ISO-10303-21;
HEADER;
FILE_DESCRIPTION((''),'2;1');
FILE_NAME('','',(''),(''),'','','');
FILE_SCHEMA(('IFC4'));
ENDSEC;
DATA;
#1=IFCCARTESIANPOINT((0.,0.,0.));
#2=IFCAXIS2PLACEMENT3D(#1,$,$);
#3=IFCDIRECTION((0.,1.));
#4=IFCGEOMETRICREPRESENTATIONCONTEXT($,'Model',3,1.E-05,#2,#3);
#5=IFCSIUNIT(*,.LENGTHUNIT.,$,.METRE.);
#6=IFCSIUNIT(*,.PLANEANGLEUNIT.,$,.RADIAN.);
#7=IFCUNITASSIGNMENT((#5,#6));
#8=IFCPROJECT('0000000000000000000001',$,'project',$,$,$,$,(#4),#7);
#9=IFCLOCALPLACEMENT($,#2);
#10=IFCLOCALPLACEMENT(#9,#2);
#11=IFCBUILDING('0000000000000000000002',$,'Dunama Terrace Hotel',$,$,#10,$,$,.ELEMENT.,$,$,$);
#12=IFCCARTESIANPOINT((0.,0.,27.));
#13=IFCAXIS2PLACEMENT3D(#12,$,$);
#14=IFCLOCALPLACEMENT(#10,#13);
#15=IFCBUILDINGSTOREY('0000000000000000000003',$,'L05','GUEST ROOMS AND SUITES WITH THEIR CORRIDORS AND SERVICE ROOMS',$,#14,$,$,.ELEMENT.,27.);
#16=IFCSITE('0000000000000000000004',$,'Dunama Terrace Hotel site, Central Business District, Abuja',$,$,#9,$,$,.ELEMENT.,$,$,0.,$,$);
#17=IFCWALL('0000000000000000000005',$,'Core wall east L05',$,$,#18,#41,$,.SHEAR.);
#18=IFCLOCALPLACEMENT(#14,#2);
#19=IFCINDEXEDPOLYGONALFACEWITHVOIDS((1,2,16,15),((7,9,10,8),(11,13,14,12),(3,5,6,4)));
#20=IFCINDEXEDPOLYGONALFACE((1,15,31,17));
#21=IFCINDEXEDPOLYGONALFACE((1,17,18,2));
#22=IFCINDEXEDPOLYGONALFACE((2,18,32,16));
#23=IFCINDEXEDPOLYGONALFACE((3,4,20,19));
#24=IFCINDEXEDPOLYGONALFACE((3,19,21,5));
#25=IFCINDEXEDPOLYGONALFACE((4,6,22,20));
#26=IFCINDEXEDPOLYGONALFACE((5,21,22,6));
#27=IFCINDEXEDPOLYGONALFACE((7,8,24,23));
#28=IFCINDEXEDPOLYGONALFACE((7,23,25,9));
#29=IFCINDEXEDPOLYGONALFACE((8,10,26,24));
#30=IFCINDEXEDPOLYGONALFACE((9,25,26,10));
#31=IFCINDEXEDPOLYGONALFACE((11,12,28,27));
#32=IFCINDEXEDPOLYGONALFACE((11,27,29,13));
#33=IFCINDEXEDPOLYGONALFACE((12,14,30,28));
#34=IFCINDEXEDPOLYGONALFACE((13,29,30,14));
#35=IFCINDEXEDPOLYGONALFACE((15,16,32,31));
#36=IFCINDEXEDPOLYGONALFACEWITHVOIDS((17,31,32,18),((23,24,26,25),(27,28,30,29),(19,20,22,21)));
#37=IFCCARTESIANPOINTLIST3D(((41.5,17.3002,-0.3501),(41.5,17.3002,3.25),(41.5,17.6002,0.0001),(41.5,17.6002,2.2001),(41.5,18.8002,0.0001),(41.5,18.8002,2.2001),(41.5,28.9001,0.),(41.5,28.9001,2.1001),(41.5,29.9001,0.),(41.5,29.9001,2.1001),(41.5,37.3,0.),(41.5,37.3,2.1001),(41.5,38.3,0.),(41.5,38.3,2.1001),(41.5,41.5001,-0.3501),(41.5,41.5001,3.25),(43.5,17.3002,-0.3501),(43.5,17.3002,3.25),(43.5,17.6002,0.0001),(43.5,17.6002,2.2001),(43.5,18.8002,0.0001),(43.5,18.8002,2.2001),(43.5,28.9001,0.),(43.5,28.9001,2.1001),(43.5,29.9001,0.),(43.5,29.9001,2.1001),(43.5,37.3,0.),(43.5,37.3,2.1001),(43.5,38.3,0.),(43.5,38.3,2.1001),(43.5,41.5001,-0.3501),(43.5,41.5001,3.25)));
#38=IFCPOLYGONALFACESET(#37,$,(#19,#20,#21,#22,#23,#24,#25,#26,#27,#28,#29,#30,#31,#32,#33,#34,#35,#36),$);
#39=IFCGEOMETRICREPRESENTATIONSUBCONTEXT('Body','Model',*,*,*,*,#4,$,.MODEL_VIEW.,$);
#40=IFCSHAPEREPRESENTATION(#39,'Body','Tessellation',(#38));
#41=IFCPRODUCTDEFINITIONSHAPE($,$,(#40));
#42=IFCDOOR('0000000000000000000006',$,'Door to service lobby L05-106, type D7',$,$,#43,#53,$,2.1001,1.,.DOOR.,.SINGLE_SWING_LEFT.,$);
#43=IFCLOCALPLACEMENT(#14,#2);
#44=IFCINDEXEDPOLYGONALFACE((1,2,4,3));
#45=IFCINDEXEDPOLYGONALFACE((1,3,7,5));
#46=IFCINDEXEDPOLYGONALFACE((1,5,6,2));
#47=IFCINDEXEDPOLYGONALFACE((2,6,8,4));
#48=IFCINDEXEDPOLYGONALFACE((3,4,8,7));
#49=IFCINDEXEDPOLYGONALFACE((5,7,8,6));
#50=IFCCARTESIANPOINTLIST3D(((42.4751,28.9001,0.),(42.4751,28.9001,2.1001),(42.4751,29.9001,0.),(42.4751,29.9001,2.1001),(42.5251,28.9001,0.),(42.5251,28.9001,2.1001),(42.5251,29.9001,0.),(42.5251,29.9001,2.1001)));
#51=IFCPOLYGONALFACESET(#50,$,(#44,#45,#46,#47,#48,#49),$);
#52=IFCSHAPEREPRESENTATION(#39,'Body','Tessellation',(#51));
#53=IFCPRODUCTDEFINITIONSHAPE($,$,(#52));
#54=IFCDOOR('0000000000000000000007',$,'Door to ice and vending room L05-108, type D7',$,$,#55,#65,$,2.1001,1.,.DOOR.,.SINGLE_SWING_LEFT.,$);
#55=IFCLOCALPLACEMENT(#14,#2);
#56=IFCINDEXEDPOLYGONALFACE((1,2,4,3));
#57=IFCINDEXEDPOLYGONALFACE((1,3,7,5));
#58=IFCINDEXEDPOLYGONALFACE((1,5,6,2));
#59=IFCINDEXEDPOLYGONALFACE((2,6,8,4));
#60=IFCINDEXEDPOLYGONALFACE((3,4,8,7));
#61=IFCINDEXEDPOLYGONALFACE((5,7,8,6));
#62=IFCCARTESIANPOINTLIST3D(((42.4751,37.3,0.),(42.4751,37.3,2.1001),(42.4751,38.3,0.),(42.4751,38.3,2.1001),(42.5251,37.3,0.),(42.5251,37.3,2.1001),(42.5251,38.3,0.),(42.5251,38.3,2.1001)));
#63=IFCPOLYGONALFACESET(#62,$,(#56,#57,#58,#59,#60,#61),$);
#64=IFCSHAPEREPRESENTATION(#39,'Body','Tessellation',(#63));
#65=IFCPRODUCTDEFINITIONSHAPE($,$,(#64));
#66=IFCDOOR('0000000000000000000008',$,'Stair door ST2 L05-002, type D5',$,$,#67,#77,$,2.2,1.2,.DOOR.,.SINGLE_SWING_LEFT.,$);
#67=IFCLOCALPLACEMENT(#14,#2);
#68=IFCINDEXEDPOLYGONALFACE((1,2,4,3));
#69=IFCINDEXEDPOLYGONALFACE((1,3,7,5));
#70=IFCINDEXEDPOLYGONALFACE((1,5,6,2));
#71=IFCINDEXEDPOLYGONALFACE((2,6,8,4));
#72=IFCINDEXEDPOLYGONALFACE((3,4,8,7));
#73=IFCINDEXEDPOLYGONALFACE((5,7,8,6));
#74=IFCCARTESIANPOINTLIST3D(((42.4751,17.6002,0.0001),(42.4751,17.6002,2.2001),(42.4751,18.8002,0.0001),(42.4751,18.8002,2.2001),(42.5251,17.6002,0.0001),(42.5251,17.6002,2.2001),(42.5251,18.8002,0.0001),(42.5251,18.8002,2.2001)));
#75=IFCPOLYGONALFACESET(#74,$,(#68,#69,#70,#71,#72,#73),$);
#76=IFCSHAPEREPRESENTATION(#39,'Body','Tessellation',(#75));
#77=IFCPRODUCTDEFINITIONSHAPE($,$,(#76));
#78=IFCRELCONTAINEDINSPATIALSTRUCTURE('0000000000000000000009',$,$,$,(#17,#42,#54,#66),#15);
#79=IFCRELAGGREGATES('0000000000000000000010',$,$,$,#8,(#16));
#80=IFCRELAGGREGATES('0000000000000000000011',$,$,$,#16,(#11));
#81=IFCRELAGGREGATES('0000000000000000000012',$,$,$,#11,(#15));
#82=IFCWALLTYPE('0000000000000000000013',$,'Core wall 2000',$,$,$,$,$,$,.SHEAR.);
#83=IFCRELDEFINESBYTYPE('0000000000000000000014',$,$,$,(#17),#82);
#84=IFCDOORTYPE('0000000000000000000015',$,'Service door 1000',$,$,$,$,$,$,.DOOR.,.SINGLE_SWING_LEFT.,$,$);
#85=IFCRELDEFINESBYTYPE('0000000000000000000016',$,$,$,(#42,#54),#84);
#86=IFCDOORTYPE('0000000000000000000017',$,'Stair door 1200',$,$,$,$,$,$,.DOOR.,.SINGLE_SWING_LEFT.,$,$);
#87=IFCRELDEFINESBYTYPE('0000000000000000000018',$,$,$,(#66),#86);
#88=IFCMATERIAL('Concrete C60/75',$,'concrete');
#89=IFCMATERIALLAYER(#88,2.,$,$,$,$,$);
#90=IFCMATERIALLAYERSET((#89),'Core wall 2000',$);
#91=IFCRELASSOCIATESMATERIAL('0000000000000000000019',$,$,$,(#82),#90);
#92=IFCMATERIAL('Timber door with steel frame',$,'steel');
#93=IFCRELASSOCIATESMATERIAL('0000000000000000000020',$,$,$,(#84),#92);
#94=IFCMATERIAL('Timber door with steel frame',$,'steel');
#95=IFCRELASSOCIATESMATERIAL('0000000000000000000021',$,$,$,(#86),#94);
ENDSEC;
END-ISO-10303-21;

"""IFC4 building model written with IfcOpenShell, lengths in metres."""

from ifc_helpers import new_model, si_unit, direction, frame, frame_2d, origin, place, context, subcontext, project, spatial, rectangle, extrude, material, layer, layer_set, type_object, element, fill, save


model = new_model("IFC4")

# Units and contexts
model_context = context("Model", 3, precision=1e-05, world=origin(), true_north=direction((0.0, 1.0)))
body_context = subcontext(model_context, "Body", "Model", "MODEL_VIEW")
ifc_project = project(units=[si_unit("LENGTHUNIT", "METRE"), si_unit("PLANEANGLEUNIT", "RADIAN")], contexts=[model_context])

# Site, building, storey
site_placement = place(None, origin())
site = spatial("IfcSite", under=ifc_project, at=site_placement, Name="Dunama Terrace Hotel site, Central Business District, Abuja", CompositionType="ELEMENT", RefElevation=0.0)
building_placement = place(site_placement, origin())
building = spatial("IfcBuilding", under=site, at=building_placement, Name="Dunama Terrace Hotel", CompositionType="ELEMENT")
storey_placement = place(building_placement, frame((0.0, 0.0, 27.0)))
storey = spatial("IfcBuildingStorey", under=building, at=storey_placement, Name="L05", Description="GUEST ROOMS AND SUITES WITH THEIR CORRIDORS AND SERVICE ROOMS", CompositionType="ELEMENT", Elevation=27.0)

# Wall, openings, doors
ifc_material_1 = material(Name="Concrete C60/75", Category="concrete")
ifc_layer_1 = layer(ifc_material_1, 2.0)
ifc_layer_set_1 = layer_set([ifc_layer_1], Name="Core wall 2000")
wall_type_1 = type_object("IfcWallType", Name="Core wall 2000", PredefinedType="SHEAR", material=ifc_layer_set_1)
wall_1_placement = place(storey_placement, frame((42.5, 17.3, -0.3501), z_axis=(0.0, 0.0, 1.0), x_axis=(0.0, 1.0, 0.0)))
wall_1 = element("IfcWall", 1, at=wall_1_placement, inside=storey, type_object=wall_type_1, Name="Core wall east L05", PredefinedType="SHEAR", context=body_context, shape_type="SweptSolid", body=[
    extrude(rectangle(XDim=24.2, YDim=2.0, at=frame_2d((12.1001, 0.0))), origin(), (0.0, 0.0, 1.0), 3.6001),
])
opening_1_placement = place(wall_1_placement, frame((0.3, 0.0, 0.3501)))
opening_1 = element("IfcOpeningElement", 2, at=opening_1_placement, cuts=wall_1, PredefinedType="OPENING", context=body_context, shape_type="SweptSolid", body=[
    extrude(rectangle(XDim=1.2, YDim=2.2, at=frame_2d((0.6001, 1.1001))), frame((0.0, 1.01, 0.0), z_axis=(0.0, -1.0, 0.0), x_axis=(1.0, 0.0, 0.0)), (0.0, 0.0, 1.0), 2.02),
])
opening_2_placement = place(wall_1_placement, frame((11.6001, 0.0, 0.3501)))
opening_2 = element("IfcOpeningElement", 3, at=opening_2_placement, cuts=wall_1, PredefinedType="OPENING", context=body_context, shape_type="SweptSolid", body=[
    extrude(rectangle(XDim=1.0, YDim=2.1001, at=frame_2d((0.5, 1.05))), frame((0.0, 1.01, 0.0), z_axis=(0.0, -1.0, 0.0), x_axis=(1.0, 0.0, 0.0)), (0.0, 0.0, 1.0), 2.02),
])
opening_3_placement = place(wall_1_placement, frame((20.0, 0.0, 0.3501)))
opening_3 = element("IfcOpeningElement", 4, at=opening_3_placement, cuts=wall_1, PredefinedType="OPENING", context=body_context, shape_type="SweptSolid", body=[
    extrude(rectangle(XDim=1.0, YDim=2.1001, at=frame_2d((0.5, 1.05))), frame((0.0, 1.01, 0.0), z_axis=(0.0, -1.0, 0.0), x_axis=(1.0, 0.0, 0.0)), (0.0, 0.0, 1.0), 2.02),
])
ifc_material_2 = material(Name="Timber door with steel frame", Category="steel")
door_type_1 = type_object("IfcDoorType", Name="Service door 1000", OperationType="SINGLE_SWING_LEFT", PredefinedType="DOOR", material=ifc_material_2)
door_1_placement = place(opening_2_placement, origin())
door_1 = element("IfcDoor", 5, at=door_1_placement, inside=storey, type_object=door_type_1, Name="Door to service lobby L05-106, type D7", OperationType="SINGLE_SWING_LEFT", OverallHeight=2.1001, OverallWidth=1.0, PredefinedType="DOOR", context=body_context, shape_type="SweptSolid", body=[
    extrude(rectangle(XDim=1.0, YDim=2.1001, at=frame_2d((0.5, 1.05))), frame((0.0, 0.0249, 0.0), z_axis=(0.0, -1.0, 0.0), x_axis=(1.0, 0.0, 0.0)), (0.0, 0.0, 1.0), 0.05),
])
fill(opening_2, door_1)
door_2_placement = place(opening_3_placement, origin())
door_2 = element("IfcDoor", 6, at=door_2_placement, inside=storey, type_object=door_type_1, Name="Door to ice and vending room L05-108, type D7", OperationType="SINGLE_SWING_LEFT", OverallHeight=2.1001, OverallWidth=1.0, PredefinedType="DOOR", context=body_context, shape_type="SweptSolid", body=[
    extrude(rectangle(XDim=1.0, YDim=2.1001, at=frame_2d((0.5, 1.05))), frame((0.0, 0.0249, 0.0), z_axis=(0.0, -1.0, 0.0), x_axis=(1.0, 0.0, 0.0)), (0.0, 0.0, 1.0), 0.05),
])
fill(opening_3, door_2)
ifc_material_3 = material(Name="Timber door with steel frame", Category="steel")
door_type_2 = type_object("IfcDoorType", Name="Stair door 1200", OperationType="SINGLE_SWING_LEFT", PredefinedType="DOOR", material=ifc_material_3)
door_3_placement = place(opening_1_placement, origin())
door_3 = element("IfcDoor", 7, at=door_3_placement, inside=storey, type_object=door_type_2, Name="Stair door ST2 L05-002, type D5", OperationType="SINGLE_SWING_LEFT", OverallHeight=2.2, OverallWidth=1.2, PredefinedType="DOOR", context=body_context, shape_type="SweptSolid", body=[
    extrude(rectangle(XDim=1.2, YDim=2.2, at=frame_2d((0.6001, 1.1001))), frame((0.0, 0.0249, 0.0), z_axis=(0.0, -1.0, 0.0), x_axis=(1.0, 0.0, 0.0)), (0.0, 0.0, 1.0), 0.05),
])
fill(opening_1, door_3)

save(model, "model.ifc")
